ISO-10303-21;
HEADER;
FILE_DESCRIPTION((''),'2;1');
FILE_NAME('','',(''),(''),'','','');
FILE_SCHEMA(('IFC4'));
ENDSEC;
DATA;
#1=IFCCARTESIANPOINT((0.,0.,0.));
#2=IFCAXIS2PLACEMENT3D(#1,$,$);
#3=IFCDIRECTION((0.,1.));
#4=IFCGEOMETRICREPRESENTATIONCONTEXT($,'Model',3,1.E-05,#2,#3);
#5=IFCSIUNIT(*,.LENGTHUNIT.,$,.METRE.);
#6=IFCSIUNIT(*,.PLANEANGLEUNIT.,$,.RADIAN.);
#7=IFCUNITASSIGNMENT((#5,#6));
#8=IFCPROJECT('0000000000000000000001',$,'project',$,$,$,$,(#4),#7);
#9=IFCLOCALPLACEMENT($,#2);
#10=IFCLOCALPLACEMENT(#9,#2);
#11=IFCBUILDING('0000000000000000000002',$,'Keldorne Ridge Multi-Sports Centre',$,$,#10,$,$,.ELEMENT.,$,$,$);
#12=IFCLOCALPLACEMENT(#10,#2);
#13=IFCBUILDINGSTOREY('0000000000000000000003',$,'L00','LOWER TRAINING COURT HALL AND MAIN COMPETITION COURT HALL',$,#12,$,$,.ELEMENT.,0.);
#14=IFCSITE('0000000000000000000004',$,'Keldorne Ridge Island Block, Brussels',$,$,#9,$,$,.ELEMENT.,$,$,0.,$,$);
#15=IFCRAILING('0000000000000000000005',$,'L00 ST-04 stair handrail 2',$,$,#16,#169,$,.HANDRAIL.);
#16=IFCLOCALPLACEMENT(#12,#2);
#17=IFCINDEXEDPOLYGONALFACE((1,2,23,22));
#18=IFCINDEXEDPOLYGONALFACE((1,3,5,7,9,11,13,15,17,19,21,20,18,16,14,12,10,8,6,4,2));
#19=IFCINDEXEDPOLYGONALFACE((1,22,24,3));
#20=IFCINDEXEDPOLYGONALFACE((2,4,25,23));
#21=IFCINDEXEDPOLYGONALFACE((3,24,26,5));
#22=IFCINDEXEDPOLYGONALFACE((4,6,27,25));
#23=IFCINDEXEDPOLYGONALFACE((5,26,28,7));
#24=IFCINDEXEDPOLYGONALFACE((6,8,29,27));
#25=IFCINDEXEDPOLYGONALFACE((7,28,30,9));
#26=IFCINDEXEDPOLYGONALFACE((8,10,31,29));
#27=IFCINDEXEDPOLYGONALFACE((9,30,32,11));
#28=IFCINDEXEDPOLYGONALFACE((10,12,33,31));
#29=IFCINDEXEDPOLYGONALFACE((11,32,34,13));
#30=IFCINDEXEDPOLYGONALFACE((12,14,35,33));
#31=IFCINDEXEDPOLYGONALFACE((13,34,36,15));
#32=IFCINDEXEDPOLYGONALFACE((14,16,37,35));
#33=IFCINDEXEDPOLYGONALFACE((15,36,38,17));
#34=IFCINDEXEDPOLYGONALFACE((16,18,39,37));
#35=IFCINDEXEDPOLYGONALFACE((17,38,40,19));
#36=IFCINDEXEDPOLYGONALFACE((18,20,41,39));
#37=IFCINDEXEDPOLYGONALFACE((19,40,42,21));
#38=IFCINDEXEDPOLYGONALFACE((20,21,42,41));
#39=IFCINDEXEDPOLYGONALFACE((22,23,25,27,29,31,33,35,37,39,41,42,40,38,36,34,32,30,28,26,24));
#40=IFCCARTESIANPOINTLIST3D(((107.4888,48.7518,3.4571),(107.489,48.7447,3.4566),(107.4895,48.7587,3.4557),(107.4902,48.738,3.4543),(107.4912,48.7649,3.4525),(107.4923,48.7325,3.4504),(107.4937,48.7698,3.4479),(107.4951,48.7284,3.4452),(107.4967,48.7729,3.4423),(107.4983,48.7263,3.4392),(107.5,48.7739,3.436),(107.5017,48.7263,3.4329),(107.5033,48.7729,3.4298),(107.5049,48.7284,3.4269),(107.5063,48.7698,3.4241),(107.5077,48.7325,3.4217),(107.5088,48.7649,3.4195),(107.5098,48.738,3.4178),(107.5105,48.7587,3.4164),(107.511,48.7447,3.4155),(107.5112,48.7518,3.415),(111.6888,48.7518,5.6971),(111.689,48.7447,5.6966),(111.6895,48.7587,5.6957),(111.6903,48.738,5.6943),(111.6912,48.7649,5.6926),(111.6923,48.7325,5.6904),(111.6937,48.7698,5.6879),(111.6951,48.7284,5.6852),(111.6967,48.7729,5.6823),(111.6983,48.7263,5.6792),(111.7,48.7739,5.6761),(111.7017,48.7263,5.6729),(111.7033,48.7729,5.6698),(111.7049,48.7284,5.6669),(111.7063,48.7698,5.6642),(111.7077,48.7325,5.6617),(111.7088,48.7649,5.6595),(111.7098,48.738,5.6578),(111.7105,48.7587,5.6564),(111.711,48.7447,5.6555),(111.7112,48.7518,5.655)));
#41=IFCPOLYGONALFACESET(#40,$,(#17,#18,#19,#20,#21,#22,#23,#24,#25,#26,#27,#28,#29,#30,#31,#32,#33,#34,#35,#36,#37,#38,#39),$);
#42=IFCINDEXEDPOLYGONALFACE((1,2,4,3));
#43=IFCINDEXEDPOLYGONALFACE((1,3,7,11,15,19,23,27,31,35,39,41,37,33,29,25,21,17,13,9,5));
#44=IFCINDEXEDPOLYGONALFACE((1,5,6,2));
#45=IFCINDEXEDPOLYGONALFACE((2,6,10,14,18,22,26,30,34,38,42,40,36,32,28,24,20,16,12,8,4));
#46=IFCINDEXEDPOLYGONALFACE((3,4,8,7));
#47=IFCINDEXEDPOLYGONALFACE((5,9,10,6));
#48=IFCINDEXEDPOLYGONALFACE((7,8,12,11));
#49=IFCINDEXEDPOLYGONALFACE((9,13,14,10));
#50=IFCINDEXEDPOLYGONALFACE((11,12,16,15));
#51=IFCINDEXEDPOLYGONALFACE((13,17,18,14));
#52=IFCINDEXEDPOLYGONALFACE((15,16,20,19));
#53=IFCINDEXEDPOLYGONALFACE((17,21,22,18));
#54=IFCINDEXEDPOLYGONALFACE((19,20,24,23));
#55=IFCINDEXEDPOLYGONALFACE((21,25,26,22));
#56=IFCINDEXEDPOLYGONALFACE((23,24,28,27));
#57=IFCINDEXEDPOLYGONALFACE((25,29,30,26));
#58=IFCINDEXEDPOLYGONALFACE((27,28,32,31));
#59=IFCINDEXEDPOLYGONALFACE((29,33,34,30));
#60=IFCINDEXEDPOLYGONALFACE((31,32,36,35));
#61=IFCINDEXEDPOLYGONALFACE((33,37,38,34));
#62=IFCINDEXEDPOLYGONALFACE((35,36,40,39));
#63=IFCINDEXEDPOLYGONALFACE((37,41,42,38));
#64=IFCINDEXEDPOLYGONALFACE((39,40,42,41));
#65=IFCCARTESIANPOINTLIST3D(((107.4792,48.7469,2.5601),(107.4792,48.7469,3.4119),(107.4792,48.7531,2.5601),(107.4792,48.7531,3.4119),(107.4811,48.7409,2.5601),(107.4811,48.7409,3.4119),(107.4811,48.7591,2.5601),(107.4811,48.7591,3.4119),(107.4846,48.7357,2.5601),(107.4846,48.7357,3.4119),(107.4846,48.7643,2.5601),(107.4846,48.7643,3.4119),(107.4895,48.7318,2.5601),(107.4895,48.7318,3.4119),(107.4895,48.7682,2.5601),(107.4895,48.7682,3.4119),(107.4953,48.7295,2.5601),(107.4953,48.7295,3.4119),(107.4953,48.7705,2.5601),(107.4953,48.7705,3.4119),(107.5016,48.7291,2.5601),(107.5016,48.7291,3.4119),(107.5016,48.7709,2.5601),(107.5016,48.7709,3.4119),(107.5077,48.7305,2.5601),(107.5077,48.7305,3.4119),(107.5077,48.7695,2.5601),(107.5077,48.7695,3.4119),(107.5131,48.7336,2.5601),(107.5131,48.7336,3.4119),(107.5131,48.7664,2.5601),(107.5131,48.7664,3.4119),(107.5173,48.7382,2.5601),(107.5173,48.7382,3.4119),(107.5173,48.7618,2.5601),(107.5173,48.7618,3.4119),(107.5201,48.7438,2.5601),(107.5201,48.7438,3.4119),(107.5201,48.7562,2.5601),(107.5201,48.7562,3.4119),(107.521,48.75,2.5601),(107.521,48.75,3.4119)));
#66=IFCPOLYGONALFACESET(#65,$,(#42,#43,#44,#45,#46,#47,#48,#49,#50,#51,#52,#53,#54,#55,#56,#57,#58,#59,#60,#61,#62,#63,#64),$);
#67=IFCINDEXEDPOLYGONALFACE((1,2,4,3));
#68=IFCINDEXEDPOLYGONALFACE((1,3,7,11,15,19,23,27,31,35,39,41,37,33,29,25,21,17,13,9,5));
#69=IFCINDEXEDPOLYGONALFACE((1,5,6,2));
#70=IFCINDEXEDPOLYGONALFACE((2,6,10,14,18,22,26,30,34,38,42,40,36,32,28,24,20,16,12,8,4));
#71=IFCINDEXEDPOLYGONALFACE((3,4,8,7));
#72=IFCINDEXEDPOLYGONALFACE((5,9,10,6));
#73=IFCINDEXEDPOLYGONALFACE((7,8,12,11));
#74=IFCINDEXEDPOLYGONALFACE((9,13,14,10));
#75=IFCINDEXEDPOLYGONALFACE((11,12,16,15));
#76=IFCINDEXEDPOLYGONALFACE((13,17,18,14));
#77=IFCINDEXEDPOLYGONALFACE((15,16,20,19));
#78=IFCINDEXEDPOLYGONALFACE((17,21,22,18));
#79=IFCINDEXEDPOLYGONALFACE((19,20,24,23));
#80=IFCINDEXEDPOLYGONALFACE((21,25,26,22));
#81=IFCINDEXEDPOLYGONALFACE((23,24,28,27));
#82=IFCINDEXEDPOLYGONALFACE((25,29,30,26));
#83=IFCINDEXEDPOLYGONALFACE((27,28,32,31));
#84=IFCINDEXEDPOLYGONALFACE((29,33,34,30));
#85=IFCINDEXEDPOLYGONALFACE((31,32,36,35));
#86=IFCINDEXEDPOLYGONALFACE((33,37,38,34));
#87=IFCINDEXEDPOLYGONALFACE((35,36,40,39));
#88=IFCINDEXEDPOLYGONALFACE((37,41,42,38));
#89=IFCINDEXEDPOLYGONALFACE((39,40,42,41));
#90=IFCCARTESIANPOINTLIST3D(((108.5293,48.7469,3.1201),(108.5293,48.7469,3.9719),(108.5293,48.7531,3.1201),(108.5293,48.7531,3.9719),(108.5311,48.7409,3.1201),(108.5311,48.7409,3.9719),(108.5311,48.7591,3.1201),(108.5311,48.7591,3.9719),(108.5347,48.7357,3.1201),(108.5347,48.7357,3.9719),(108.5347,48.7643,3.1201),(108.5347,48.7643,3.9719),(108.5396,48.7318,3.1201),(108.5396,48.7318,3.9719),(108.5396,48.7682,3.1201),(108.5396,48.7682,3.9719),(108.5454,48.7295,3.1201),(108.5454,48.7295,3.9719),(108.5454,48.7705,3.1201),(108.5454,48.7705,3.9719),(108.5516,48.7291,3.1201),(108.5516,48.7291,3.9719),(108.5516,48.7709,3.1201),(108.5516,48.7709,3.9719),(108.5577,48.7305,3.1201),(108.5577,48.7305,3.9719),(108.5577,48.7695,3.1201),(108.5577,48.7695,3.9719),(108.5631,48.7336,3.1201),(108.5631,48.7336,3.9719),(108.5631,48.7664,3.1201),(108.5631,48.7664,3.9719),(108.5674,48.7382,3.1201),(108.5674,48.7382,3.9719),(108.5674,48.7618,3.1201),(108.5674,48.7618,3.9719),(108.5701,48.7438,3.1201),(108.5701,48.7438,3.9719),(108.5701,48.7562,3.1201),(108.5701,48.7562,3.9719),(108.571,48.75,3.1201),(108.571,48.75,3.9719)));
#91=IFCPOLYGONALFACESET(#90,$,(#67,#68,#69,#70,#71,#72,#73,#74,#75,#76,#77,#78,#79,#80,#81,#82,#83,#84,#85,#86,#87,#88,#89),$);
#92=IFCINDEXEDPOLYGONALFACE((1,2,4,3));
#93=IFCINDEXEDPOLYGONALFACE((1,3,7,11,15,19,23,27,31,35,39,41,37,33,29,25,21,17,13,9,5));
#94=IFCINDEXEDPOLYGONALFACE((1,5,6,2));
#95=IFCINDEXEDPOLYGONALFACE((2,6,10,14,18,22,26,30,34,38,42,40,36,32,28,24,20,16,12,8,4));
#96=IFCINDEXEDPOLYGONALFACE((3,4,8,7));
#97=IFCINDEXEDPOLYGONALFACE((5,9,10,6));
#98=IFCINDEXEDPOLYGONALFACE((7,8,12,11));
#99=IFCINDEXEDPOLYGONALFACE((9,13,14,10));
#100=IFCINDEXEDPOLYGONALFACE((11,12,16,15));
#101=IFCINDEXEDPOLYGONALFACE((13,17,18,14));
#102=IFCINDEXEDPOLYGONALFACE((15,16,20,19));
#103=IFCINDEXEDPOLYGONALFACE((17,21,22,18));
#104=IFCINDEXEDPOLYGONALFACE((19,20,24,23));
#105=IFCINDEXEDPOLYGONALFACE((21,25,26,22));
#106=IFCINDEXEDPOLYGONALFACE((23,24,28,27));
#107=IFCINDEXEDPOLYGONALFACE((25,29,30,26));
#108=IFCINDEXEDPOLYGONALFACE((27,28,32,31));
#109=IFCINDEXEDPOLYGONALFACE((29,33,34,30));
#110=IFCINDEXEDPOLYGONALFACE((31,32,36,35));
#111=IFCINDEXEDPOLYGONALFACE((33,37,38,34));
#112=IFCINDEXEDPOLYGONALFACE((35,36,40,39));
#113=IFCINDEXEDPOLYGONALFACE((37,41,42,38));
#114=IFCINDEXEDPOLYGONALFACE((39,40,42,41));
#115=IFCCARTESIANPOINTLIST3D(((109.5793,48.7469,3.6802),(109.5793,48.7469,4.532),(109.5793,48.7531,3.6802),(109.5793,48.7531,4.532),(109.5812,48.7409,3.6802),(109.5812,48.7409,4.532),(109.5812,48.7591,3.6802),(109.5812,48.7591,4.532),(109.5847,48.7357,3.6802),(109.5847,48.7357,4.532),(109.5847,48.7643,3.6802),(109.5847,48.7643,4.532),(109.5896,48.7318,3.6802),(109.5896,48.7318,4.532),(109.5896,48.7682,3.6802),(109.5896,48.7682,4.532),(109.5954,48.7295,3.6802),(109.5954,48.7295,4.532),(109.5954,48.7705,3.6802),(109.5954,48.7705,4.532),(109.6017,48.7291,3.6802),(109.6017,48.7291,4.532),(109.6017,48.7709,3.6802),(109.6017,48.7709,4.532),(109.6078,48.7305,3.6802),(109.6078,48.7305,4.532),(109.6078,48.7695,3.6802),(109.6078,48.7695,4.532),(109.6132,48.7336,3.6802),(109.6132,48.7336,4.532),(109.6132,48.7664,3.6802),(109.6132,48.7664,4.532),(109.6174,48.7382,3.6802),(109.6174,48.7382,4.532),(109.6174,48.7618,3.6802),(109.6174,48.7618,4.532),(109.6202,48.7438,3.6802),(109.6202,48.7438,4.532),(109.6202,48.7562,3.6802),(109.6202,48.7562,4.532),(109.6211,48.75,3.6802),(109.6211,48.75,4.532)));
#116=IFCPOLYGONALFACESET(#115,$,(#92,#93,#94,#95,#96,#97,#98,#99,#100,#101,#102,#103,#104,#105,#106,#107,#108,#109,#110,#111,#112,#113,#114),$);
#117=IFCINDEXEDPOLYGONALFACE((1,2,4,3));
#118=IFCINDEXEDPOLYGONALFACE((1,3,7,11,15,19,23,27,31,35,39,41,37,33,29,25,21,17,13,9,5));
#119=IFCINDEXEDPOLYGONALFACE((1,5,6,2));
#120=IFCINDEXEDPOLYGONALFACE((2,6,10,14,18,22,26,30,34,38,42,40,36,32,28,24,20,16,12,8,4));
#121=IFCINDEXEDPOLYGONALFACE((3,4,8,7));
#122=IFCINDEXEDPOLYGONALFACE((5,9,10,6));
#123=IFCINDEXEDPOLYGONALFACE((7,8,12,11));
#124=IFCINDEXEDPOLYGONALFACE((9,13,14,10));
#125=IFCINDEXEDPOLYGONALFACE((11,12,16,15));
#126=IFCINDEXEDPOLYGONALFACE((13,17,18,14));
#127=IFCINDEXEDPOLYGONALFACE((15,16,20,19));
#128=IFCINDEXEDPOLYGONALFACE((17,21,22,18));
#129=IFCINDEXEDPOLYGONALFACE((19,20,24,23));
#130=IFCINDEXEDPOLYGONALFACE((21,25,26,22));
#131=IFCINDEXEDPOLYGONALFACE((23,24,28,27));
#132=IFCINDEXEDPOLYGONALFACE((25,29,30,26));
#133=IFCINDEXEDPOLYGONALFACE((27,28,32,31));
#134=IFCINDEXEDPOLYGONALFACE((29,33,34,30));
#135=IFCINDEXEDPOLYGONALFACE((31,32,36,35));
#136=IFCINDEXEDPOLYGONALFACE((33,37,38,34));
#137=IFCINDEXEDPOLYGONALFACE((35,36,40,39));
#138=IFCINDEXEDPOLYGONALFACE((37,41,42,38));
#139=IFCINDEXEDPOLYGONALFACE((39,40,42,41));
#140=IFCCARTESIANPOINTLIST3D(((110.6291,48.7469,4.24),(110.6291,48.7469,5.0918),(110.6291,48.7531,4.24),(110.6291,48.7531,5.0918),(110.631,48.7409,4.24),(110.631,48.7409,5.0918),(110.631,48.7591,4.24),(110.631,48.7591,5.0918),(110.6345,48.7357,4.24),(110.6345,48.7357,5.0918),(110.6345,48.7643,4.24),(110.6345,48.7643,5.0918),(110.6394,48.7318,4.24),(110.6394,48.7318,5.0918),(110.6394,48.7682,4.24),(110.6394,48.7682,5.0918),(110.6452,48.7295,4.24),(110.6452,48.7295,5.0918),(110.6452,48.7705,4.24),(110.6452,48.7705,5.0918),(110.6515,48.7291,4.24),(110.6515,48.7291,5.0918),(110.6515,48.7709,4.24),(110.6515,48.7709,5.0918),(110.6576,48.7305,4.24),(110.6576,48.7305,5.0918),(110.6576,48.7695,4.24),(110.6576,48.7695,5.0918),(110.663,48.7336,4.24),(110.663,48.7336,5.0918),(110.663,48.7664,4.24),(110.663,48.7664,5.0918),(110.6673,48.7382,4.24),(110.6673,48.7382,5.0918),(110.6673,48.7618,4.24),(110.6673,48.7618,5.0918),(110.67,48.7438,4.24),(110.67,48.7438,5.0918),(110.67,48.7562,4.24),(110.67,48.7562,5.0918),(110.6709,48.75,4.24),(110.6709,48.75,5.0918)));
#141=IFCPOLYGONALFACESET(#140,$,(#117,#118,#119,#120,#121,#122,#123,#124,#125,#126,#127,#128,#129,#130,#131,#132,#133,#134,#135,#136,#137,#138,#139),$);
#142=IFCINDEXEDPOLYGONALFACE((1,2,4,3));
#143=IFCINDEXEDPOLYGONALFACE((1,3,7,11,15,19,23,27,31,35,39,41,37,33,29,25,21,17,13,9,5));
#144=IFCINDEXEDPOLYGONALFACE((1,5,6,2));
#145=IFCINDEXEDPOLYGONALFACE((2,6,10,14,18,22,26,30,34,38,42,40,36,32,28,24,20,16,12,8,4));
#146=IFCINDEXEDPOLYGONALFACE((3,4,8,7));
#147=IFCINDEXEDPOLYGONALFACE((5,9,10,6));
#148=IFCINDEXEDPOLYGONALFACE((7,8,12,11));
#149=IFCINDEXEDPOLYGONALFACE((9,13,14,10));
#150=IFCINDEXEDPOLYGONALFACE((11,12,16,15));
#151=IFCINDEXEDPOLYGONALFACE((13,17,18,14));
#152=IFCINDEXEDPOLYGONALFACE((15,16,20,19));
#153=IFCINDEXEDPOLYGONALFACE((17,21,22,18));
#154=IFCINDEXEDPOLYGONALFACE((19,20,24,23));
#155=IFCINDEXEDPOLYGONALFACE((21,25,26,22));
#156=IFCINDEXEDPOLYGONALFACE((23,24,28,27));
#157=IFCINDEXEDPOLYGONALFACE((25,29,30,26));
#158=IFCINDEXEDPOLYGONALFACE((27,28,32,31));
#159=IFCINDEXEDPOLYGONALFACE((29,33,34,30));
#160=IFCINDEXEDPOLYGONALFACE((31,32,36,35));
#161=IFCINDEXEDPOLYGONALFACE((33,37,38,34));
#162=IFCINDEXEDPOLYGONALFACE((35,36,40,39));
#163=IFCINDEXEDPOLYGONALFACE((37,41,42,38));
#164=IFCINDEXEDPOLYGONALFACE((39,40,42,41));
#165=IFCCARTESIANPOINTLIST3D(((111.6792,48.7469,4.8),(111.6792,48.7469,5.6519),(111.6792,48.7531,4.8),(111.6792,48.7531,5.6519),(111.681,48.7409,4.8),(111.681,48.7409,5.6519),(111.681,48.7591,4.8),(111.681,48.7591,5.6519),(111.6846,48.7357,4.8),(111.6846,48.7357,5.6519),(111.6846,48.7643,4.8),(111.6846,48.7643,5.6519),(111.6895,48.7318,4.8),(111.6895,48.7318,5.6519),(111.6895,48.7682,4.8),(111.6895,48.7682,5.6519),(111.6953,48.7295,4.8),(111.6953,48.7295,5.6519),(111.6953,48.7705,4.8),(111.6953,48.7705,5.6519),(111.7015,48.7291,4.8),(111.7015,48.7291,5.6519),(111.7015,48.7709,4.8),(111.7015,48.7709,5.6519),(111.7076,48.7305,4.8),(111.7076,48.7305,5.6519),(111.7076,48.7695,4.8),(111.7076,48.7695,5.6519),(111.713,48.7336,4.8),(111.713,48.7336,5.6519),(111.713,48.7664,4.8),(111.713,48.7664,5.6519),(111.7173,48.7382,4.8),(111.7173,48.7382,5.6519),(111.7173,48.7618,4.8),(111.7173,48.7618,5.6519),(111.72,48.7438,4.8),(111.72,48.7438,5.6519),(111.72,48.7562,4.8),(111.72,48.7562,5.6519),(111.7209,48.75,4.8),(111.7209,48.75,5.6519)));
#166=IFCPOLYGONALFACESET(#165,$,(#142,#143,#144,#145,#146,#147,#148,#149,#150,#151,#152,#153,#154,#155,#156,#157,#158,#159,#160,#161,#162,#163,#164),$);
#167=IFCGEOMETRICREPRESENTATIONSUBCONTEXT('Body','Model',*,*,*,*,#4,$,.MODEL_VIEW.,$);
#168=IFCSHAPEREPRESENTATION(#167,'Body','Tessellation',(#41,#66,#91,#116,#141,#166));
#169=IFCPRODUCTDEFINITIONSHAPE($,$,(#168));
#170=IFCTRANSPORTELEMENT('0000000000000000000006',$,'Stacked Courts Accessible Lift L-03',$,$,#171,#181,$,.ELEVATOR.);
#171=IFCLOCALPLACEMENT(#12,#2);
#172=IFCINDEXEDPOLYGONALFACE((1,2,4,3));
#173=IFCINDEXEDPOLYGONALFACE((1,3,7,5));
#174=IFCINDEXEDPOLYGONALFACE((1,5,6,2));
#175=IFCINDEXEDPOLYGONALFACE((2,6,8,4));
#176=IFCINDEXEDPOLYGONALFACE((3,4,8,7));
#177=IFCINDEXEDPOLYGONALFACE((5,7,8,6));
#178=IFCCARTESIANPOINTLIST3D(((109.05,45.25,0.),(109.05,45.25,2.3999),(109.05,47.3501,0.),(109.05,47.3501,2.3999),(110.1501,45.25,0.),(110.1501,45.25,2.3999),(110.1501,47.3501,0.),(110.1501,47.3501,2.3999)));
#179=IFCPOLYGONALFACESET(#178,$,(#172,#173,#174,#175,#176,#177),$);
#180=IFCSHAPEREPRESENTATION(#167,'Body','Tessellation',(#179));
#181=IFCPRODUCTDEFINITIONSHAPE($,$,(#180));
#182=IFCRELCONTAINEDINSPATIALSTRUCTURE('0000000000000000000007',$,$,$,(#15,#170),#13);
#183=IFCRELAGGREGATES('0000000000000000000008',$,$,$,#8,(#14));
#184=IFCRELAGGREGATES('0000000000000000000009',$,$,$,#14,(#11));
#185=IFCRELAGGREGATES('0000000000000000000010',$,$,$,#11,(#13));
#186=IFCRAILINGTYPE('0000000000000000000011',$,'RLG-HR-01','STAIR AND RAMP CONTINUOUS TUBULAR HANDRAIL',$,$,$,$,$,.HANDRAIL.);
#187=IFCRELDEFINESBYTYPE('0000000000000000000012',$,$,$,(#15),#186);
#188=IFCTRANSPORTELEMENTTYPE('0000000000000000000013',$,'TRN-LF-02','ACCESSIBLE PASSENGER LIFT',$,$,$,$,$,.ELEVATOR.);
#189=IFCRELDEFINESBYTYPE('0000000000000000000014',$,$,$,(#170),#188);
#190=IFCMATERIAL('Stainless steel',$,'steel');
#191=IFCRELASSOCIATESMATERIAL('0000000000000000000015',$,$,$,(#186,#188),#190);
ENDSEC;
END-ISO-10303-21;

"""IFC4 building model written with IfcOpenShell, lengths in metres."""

from ifc_helpers import new_model, si_unit, direction, frame, origin, origin_2d, place, context, subcontext, project, spatial, rectangle, circle, extrude, material, type_object, element, save


model = new_model("IFC4")

# Units and contexts
model_context = context("Model", 3, precision=1e-05, world=origin(), true_north=direction((0.0, 1.0)))
body_context = subcontext(model_context, "Body", "Model", "MODEL_VIEW")
ifc_project = project(units=[si_unit("LENGTHUNIT", "METRE"), si_unit("PLANEANGLEUNIT", "RADIAN")], contexts=[model_context])

# Site, building, storey
site_placement = place(None, origin())
site = spatial("IfcSite", under=ifc_project, at=site_placement, Name="Keldorne Ridge Island Block, Brussels", CompositionType="ELEMENT", RefElevation=0.0)
building_placement = place(site_placement, origin())
building = spatial("IfcBuilding", under=site, at=building_placement, Name="Keldorne Ridge Multi-Sports Centre", CompositionType="ELEMENT")
storey_placement = place(building_placement, origin())
storey = spatial("IfcBuildingStorey", under=building, at=storey_placement, Name="L00", Description="LOWER TRAINING COURT HALL AND MAIN COMPETITION COURT HALL", CompositionType="ELEMENT", Elevation=0.0)

# Shared definitions
ifc_material_1 = material(Name="Stainless steel", Category="steel")

# Railing
railing_type_1 = type_object("IfcRailingType", Name="RLG-HR-01", Description="STAIR AND RAMP CONTINUOUS TUBULAR HANDRAIL", PredefinedType="HANDRAIL", material=ifc_material_1)
railing_1_placement = place(storey_placement, frame((107.5, 48.75, 2.5601)))
element("IfcRailing", 1, at=railing_1_placement, inside=storey, type_object=railing_type_1, Name="L00 ST-04 stair handrail 2", PredefinedType="HANDRAIL", context=body_context, shape_type="SweptSolid", body=[
    extrude(circle(Radius=0.0239, at=origin_2d()), frame((0.0, 0.0, 0.876), z_axis=(0.882352, 0.0, 0.470591), x_axis=(0.0, 1.0, 0.0)), (0.0, 0.0, 1.0), 4.76),
    extrude(circle(Radius=0.021, at=origin_2d()), origin(), (0.0, 0.0, 1.0), 0.8518),
    extrude(circle(Radius=0.021, at=origin_2d()), frame((1.05, 0.0, 0.5601)), (0.0, 0.0, 1.0), 0.8518),
    extrude(circle(Radius=0.021, at=origin_2d()), frame((2.1001, 0.0, 1.1201)), (0.0, 0.0, 1.0), 0.8518),
    extrude(circle(Radius=0.021, at=origin_2d()), frame((3.1499, 0.0, 1.6799)), (0.0, 0.0, 1.0), 0.8518),
    extrude(circle(Radius=0.021, at=origin_2d()), frame((4.2, 0.0, 2.24)), (0.0, 0.0, 1.0), 0.8518),
])

# Transport element
transport_element_type = type_object("IfcTransportElementType", Name="TRN-LF-02", Description="ACCESSIBLE PASSENGER LIFT", PredefinedType="ELEVATOR", material=ifc_material_1)
transport_element_placement = place(storey_placement, frame((109.6001, 46.3, 0.0), z_axis=(0.0, 0.0, 1.0), x_axis=(1.0, 0.0, 0.0)))
element("IfcTransportElement", 2, at=transport_element_placement, inside=storey, type_object=transport_element_type, Name="Stacked Courts Accessible Lift L-03", PredefinedType="ELEVATOR", context=body_context, shape_type="SweptSolid", body=[
    extrude(rectangle(XDim=1.1001, YDim=2.1001, at=origin_2d()), origin(), (0.0, 0.0, 1.0), 2.3999),
])

save(model, "model.ifc")
